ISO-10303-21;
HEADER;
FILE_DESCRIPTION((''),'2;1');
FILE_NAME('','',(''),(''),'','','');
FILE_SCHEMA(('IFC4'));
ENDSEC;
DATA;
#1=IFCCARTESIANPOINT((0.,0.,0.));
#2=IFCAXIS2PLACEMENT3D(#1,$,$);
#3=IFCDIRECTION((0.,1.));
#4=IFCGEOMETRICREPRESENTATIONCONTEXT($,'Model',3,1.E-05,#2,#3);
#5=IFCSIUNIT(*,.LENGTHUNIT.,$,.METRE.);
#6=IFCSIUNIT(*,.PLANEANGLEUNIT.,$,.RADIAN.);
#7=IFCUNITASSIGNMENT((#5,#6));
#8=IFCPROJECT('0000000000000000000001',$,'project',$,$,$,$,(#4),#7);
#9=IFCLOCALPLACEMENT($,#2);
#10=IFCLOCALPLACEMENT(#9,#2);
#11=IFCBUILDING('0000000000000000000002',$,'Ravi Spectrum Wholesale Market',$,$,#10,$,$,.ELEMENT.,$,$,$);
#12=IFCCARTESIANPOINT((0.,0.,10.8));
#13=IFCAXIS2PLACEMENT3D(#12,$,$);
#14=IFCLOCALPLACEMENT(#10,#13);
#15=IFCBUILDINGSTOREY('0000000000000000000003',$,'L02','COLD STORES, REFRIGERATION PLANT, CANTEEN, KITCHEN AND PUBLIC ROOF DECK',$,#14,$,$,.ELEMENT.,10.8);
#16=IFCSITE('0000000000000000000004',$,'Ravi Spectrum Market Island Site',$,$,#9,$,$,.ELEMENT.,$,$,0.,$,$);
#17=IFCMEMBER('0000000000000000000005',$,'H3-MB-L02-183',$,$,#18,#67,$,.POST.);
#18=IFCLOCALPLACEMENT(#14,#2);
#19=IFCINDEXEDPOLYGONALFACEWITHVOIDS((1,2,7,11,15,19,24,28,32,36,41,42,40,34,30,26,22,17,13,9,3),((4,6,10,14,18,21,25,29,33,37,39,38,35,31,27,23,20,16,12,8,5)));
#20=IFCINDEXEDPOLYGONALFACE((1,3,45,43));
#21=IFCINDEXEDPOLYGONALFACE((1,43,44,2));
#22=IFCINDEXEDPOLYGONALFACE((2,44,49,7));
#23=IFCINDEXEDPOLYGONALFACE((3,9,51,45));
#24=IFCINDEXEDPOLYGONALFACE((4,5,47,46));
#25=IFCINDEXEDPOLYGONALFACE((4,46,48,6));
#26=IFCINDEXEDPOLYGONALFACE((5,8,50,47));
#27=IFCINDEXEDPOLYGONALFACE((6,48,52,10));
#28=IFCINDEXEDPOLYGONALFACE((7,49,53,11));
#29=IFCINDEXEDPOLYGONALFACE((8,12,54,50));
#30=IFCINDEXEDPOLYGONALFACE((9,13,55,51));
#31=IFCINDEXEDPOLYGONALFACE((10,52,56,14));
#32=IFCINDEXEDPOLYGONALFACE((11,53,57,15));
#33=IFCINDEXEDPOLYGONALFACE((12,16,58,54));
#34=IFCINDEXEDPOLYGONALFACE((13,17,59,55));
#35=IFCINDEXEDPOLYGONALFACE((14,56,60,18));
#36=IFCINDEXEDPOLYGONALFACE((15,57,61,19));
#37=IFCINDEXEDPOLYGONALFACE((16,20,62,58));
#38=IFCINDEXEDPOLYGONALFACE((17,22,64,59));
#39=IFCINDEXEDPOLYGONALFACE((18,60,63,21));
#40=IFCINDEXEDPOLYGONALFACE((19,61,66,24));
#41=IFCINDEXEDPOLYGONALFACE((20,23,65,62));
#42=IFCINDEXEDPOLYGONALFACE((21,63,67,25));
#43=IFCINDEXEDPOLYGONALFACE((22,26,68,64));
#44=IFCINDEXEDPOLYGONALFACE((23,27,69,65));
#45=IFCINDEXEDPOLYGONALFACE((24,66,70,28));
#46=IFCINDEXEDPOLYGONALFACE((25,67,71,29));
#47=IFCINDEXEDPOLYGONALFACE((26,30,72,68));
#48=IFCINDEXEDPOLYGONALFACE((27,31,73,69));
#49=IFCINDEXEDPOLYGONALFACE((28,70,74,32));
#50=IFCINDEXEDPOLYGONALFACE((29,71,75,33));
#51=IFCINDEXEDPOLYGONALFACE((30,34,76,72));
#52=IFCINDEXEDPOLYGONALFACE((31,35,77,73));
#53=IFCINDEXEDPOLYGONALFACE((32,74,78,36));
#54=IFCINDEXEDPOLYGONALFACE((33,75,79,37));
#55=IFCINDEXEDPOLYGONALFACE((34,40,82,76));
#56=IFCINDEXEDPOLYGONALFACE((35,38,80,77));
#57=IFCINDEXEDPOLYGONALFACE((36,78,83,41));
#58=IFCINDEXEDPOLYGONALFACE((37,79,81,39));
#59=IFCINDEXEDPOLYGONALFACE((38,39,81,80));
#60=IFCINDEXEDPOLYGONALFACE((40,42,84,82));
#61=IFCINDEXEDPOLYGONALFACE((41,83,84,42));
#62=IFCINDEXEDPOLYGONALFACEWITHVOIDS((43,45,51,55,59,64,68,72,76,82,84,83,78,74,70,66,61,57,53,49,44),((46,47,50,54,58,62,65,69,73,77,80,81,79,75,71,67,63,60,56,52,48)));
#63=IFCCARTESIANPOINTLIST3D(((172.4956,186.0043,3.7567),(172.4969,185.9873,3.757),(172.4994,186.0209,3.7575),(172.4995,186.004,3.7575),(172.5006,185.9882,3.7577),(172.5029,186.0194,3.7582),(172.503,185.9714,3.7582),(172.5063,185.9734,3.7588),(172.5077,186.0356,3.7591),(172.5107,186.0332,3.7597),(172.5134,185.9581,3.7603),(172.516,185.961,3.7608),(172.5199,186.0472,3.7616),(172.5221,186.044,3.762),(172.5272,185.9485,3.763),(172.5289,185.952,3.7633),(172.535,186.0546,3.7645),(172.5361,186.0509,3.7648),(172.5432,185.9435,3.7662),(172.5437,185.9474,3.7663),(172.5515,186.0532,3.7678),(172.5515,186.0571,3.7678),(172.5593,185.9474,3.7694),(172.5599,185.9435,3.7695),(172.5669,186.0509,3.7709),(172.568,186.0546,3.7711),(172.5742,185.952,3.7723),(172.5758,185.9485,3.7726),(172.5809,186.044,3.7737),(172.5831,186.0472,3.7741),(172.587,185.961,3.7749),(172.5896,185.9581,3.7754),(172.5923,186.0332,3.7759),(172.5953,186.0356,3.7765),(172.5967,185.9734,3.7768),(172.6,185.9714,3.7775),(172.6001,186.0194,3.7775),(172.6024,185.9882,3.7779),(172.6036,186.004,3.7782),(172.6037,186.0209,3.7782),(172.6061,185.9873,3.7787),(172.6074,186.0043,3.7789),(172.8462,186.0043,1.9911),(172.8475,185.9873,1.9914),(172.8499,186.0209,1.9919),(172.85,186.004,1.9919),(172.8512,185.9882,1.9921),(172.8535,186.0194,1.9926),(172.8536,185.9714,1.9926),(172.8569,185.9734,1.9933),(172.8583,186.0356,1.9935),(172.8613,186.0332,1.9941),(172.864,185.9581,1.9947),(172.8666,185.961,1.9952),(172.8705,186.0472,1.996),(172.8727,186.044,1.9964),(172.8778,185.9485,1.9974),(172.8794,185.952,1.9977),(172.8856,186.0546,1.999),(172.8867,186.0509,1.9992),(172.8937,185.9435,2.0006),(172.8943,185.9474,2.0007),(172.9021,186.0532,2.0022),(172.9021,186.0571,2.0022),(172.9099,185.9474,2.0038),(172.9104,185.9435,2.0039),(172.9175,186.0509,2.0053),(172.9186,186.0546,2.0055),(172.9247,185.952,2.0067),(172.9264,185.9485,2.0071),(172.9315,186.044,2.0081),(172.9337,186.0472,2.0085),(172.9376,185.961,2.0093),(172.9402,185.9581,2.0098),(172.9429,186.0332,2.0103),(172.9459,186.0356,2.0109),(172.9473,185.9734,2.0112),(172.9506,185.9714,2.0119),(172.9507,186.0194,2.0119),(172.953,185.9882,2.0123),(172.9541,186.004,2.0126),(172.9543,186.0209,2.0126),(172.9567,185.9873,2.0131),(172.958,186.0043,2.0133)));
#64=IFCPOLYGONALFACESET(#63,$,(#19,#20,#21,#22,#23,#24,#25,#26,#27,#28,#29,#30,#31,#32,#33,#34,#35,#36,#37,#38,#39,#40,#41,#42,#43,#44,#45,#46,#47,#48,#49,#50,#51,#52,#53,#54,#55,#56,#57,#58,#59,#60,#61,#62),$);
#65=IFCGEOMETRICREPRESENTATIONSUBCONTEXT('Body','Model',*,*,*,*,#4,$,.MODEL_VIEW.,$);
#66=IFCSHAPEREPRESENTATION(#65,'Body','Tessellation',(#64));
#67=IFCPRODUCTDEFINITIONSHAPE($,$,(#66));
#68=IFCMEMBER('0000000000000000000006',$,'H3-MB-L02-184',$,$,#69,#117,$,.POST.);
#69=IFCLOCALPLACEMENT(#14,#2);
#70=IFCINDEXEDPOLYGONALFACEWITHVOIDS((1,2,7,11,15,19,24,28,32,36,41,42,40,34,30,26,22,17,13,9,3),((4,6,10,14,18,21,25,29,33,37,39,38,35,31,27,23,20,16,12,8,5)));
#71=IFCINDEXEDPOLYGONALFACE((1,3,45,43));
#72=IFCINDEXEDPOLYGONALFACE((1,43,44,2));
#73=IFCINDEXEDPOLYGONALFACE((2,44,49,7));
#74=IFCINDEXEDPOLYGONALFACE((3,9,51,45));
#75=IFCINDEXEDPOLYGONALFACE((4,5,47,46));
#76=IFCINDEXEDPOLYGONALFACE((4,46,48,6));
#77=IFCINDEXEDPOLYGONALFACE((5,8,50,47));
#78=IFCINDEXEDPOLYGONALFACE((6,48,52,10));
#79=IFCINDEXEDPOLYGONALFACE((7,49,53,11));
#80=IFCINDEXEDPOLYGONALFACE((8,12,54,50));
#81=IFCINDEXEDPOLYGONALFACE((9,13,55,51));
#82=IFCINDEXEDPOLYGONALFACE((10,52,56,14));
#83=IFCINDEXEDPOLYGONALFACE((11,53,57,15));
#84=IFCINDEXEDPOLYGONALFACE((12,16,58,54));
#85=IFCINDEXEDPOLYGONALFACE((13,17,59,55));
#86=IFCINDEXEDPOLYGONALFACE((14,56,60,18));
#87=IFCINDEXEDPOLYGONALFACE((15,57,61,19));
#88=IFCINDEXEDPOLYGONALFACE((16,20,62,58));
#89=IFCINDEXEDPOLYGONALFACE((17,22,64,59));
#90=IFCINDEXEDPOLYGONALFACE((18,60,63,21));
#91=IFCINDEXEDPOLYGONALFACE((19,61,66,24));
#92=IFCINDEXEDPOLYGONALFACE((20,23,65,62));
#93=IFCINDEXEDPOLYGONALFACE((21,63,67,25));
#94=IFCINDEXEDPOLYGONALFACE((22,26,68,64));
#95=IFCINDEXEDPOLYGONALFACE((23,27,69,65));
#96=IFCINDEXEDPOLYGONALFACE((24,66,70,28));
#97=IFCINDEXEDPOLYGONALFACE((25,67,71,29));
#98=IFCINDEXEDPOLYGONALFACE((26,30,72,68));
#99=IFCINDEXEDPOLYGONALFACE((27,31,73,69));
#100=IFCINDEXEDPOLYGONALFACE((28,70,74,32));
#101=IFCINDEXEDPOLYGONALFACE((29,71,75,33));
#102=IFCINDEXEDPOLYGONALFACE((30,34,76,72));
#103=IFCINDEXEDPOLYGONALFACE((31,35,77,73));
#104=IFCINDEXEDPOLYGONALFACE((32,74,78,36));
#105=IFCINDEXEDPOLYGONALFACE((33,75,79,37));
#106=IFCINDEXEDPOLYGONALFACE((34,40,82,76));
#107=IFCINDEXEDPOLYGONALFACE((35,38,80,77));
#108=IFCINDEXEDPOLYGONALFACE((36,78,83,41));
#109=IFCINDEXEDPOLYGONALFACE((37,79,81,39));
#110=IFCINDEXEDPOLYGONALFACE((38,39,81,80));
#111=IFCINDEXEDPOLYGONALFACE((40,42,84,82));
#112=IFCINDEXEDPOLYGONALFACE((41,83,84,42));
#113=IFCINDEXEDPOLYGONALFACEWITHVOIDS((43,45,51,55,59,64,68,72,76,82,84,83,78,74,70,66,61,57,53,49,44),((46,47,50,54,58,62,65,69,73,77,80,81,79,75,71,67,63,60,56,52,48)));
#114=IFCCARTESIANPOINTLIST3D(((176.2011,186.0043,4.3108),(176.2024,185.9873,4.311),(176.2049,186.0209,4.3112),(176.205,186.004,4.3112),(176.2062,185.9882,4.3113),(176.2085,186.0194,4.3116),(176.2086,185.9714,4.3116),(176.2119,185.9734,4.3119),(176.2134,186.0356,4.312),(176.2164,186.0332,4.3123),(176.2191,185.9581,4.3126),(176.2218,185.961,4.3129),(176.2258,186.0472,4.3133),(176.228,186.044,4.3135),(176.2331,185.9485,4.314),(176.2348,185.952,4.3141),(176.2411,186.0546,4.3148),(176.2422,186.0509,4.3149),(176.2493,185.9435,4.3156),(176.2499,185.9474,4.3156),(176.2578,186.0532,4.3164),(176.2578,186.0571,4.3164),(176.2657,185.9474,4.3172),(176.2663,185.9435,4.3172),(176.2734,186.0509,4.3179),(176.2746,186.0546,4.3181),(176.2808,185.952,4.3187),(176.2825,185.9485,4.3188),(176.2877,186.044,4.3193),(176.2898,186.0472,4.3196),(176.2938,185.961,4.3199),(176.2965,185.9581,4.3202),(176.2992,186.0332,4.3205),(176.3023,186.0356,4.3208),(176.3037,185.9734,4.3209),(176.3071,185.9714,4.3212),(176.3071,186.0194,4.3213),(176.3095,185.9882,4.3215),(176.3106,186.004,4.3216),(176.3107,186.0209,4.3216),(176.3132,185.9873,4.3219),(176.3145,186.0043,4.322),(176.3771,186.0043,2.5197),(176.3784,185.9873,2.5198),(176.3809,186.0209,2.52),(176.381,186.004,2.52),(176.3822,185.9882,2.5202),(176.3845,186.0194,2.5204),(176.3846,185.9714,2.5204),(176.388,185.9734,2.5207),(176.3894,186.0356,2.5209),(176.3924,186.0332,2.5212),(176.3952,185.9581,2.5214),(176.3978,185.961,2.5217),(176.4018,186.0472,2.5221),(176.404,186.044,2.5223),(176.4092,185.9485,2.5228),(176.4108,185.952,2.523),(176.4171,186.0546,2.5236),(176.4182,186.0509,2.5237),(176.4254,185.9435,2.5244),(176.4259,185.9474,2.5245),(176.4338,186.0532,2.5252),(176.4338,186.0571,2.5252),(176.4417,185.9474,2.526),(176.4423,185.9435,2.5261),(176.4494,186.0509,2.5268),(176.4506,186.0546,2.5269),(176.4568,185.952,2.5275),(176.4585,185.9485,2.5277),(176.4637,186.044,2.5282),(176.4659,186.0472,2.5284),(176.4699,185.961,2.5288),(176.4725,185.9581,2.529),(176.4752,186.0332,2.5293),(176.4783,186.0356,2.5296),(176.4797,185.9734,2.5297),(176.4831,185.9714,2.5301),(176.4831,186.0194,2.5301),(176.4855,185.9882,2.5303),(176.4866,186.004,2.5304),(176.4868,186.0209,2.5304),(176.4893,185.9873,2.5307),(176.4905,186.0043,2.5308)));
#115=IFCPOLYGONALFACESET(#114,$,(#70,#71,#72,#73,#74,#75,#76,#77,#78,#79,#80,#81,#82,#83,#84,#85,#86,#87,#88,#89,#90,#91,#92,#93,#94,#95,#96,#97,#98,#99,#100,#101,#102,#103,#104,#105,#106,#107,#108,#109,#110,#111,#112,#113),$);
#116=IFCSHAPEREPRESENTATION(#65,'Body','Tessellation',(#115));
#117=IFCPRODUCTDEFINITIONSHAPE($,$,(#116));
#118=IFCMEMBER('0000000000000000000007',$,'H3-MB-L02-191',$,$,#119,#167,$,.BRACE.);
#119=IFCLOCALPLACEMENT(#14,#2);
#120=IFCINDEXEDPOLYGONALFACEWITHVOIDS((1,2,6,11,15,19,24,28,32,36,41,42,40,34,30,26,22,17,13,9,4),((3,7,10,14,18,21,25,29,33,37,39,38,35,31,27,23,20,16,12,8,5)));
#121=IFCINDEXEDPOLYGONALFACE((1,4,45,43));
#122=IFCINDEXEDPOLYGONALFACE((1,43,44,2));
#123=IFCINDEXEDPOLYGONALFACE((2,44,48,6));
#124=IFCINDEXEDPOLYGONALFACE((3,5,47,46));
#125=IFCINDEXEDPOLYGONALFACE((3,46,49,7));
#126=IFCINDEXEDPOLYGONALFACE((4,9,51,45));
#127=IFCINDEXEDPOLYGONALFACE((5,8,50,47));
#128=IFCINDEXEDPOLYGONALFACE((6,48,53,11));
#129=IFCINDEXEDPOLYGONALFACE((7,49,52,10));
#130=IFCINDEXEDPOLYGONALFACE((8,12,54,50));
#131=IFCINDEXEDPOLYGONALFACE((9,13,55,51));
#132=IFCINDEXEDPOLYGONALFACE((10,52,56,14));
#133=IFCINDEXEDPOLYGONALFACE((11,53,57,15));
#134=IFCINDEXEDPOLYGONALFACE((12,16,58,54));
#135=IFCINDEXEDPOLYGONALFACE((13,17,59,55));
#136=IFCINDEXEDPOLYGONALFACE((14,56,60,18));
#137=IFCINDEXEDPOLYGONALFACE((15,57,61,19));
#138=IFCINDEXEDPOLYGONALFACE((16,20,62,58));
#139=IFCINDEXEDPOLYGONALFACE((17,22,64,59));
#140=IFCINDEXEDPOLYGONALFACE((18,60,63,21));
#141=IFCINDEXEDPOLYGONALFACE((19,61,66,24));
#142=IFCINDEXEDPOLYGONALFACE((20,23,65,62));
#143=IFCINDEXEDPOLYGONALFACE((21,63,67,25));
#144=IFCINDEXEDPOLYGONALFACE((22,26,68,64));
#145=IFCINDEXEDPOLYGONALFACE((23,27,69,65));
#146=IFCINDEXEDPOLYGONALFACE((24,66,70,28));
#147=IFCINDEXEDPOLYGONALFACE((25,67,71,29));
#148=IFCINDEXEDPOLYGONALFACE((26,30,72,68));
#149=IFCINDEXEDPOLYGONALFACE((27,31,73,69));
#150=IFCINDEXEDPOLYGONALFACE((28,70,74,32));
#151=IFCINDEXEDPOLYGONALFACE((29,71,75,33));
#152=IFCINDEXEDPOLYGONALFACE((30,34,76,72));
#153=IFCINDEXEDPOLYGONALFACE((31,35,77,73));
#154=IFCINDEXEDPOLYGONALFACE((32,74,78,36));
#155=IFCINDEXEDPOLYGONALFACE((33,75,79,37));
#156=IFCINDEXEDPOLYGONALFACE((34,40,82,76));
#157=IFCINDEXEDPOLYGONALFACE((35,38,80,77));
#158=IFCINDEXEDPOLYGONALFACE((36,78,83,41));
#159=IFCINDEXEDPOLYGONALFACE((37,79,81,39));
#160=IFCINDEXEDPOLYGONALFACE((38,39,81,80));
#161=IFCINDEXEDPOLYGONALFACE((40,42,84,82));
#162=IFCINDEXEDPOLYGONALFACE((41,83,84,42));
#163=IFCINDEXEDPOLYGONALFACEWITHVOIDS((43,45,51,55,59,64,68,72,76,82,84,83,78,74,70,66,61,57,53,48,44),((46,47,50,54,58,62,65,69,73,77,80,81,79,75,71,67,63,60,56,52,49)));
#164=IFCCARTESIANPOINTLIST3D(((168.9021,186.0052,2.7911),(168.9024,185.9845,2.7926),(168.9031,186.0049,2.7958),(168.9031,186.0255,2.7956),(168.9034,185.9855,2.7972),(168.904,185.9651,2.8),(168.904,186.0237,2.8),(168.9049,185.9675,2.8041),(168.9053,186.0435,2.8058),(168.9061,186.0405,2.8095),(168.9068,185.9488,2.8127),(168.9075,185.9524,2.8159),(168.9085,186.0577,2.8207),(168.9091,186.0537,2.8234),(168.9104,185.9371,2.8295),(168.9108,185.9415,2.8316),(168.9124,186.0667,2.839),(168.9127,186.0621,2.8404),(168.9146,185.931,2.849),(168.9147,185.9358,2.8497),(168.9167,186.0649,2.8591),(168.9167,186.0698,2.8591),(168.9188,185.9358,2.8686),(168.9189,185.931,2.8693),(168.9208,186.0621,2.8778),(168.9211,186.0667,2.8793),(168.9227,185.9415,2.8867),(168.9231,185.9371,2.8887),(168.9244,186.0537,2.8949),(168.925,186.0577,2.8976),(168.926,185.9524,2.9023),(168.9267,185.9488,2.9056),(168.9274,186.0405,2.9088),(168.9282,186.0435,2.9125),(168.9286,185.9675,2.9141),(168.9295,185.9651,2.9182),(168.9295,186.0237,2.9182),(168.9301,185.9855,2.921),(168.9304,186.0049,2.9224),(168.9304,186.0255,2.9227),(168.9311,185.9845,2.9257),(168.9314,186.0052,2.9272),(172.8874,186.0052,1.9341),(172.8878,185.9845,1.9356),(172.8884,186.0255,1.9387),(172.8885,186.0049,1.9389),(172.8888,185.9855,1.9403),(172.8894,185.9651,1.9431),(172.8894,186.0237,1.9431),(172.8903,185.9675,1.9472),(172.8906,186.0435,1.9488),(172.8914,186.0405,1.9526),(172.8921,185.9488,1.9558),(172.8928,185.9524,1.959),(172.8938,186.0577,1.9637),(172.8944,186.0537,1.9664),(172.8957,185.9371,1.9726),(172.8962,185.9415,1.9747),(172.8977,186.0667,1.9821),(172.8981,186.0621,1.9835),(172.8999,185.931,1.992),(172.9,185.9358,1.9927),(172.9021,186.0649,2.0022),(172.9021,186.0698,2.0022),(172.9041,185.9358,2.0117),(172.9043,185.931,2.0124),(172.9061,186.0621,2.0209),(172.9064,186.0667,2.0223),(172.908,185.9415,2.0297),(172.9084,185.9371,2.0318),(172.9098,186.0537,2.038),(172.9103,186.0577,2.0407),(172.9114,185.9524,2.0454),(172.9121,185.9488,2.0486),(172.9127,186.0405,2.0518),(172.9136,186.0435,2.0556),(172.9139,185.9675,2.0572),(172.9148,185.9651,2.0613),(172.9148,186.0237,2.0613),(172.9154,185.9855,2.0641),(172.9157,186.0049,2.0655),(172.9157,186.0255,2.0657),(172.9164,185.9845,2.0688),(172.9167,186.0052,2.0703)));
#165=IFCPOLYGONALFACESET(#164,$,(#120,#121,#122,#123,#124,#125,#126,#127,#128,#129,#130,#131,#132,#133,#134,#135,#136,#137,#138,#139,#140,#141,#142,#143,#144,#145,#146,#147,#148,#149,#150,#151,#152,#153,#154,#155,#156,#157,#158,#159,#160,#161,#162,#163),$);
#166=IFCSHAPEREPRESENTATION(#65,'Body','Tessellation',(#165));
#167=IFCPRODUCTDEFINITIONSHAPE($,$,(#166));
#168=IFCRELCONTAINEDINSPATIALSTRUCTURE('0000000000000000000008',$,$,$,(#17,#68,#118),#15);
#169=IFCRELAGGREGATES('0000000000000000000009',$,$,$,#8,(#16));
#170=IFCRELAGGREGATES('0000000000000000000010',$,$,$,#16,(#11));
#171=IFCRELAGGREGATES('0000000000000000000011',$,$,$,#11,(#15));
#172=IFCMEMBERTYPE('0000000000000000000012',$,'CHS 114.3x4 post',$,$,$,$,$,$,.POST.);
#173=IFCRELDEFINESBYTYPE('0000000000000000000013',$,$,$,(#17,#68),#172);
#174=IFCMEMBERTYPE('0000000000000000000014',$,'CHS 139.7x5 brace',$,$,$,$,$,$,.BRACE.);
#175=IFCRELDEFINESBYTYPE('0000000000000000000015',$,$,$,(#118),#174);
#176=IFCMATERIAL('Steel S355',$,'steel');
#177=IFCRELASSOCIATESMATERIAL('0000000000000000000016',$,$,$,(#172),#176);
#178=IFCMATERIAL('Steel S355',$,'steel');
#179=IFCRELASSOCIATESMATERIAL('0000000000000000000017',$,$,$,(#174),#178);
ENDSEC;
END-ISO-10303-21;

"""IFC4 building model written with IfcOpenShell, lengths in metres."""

from ifc_helpers import new_model, si_unit, direction, frame, origin, origin_2d, place, context, subcontext, project, spatial, hollow_circle, extrude, material, material_profile, profile_set, type_object, element, save


model = new_model("IFC4")

# Units and contexts
model_context = context("Model", 3, precision=1e-05, world=origin(), true_north=direction((0.0, 1.0)))
body_context = subcontext(model_context, "Body", "Model", "MODEL_VIEW")
ifc_project = project(units=[si_unit("LENGTHUNIT", "METRE"), si_unit("PLANEANGLEUNIT", "RADIAN")], contexts=[model_context])

# Site, building, storey
site_placement = place(None, origin())
site = spatial("IfcSite", under=ifc_project, at=site_placement, Name="Ravi Spectrum Market Island Site", CompositionType="ELEMENT", RefElevation=0.0)
building_placement = place(site_placement, origin())
building = spatial("IfcBuilding", under=site, at=building_placement, Name="Ravi Spectrum Wholesale Market", CompositionType="ELEMENT")
storey_placement = place(building_placement, frame((0.0, 0.0, 10.8)))
storey = spatial("IfcBuildingStorey", under=building, at=storey_placement, Name="L02", Description="COLD STORES, REFRIGERATION PLANT, CANTEEN, KITCHEN AND PUBLIC ROOF DECK", CompositionType="ELEMENT", Elevation=10.8)

# Members
ifc_material_1 = material(Name="Steel S355", Category="steel")
ifc_material_profile_1 = material_profile(ifc_material_1, hollow_circle(Radius=0.0571, WallThickness=0.0039, at=origin_2d()))
ifc_profile_set_1 = profile_set([ifc_material_profile_1], Name="Steel S355")
member_type_1 = type_object("IfcMemberType", Name="CHS 114.3x4 post", PredefinedType="POST", material=ifc_profile_set_1)
for number, where, z_axis, x_axis, name in (
    (1, (172.5515, 186.0, 3.7678), (0.19476, 0.0, -0.980851), (0.0, 1.0, 0.0), "H3-MB-L02-183"),
):
    element("IfcMember", number, at=place(storey_placement, frame(where, z_axis=z_axis, x_axis=x_axis)), inside=storey, type_object=member_type_1, Name=name, PredefinedType="POST", context=body_context, shape_type="SweptSolid", body=[
        extrude(hollow_circle(Radius=0.0571, WallThickness=0.0039, at=origin_2d()), origin(), (0.0, 0.0, 1.0), 1.8),
    ])
member_1_placement = place(storey_placement, frame((176.2578, 186.0, 4.3164), z_axis=(0.097798, 0.0, -0.995206), x_axis=(0.0, 1.0, 0.0)))
element("IfcMember", 2, at=member_1_placement, inside=storey, type_object=member_type_1, Name="H3-MB-L02-184", PredefinedType="POST", context=body_context, shape_type="SweptSolid", body=[
    extrude(hollow_circle(Radius=0.0571, WallThickness=0.0039, at=origin_2d()), origin(), (0.0, 0.0, 1.0), 1.7998),
])
ifc_material_2 = material(Name="Steel S355", Category="steel")
ifc_material_profile_2 = material_profile(ifc_material_2, hollow_circle(Radius=0.0698, WallThickness=0.0049, at=origin_2d()))
ifc_profile_set_2 = profile_set([ifc_material_profile_2], Name="Steel S355")
member_type_2 = type_object("IfcMemberType", Name="CHS 139.7x5 brace", PredefinedType="BRACE", material=ifc_profile_set_2)
member_2_placement = place(storey_placement, frame((168.9167, 186.0, 2.8591), z_axis=(0.977655, 0.0, -0.210216), x_axis=(0.0, 1.0, 0.0)))
element("IfcMember", 3, at=member_2_placement, inside=storey, type_object=member_type_2, Name="H3-MB-L02-191", PredefinedType="BRACE", context=body_context, shape_type="SweptSolid", body=[
    extrude(hollow_circle(Radius=0.0698, WallThickness=0.0049, at=origin_2d()), origin(), (0.0, 0.0, 1.0), 4.0764),
])

save(model, "model.ifc")
